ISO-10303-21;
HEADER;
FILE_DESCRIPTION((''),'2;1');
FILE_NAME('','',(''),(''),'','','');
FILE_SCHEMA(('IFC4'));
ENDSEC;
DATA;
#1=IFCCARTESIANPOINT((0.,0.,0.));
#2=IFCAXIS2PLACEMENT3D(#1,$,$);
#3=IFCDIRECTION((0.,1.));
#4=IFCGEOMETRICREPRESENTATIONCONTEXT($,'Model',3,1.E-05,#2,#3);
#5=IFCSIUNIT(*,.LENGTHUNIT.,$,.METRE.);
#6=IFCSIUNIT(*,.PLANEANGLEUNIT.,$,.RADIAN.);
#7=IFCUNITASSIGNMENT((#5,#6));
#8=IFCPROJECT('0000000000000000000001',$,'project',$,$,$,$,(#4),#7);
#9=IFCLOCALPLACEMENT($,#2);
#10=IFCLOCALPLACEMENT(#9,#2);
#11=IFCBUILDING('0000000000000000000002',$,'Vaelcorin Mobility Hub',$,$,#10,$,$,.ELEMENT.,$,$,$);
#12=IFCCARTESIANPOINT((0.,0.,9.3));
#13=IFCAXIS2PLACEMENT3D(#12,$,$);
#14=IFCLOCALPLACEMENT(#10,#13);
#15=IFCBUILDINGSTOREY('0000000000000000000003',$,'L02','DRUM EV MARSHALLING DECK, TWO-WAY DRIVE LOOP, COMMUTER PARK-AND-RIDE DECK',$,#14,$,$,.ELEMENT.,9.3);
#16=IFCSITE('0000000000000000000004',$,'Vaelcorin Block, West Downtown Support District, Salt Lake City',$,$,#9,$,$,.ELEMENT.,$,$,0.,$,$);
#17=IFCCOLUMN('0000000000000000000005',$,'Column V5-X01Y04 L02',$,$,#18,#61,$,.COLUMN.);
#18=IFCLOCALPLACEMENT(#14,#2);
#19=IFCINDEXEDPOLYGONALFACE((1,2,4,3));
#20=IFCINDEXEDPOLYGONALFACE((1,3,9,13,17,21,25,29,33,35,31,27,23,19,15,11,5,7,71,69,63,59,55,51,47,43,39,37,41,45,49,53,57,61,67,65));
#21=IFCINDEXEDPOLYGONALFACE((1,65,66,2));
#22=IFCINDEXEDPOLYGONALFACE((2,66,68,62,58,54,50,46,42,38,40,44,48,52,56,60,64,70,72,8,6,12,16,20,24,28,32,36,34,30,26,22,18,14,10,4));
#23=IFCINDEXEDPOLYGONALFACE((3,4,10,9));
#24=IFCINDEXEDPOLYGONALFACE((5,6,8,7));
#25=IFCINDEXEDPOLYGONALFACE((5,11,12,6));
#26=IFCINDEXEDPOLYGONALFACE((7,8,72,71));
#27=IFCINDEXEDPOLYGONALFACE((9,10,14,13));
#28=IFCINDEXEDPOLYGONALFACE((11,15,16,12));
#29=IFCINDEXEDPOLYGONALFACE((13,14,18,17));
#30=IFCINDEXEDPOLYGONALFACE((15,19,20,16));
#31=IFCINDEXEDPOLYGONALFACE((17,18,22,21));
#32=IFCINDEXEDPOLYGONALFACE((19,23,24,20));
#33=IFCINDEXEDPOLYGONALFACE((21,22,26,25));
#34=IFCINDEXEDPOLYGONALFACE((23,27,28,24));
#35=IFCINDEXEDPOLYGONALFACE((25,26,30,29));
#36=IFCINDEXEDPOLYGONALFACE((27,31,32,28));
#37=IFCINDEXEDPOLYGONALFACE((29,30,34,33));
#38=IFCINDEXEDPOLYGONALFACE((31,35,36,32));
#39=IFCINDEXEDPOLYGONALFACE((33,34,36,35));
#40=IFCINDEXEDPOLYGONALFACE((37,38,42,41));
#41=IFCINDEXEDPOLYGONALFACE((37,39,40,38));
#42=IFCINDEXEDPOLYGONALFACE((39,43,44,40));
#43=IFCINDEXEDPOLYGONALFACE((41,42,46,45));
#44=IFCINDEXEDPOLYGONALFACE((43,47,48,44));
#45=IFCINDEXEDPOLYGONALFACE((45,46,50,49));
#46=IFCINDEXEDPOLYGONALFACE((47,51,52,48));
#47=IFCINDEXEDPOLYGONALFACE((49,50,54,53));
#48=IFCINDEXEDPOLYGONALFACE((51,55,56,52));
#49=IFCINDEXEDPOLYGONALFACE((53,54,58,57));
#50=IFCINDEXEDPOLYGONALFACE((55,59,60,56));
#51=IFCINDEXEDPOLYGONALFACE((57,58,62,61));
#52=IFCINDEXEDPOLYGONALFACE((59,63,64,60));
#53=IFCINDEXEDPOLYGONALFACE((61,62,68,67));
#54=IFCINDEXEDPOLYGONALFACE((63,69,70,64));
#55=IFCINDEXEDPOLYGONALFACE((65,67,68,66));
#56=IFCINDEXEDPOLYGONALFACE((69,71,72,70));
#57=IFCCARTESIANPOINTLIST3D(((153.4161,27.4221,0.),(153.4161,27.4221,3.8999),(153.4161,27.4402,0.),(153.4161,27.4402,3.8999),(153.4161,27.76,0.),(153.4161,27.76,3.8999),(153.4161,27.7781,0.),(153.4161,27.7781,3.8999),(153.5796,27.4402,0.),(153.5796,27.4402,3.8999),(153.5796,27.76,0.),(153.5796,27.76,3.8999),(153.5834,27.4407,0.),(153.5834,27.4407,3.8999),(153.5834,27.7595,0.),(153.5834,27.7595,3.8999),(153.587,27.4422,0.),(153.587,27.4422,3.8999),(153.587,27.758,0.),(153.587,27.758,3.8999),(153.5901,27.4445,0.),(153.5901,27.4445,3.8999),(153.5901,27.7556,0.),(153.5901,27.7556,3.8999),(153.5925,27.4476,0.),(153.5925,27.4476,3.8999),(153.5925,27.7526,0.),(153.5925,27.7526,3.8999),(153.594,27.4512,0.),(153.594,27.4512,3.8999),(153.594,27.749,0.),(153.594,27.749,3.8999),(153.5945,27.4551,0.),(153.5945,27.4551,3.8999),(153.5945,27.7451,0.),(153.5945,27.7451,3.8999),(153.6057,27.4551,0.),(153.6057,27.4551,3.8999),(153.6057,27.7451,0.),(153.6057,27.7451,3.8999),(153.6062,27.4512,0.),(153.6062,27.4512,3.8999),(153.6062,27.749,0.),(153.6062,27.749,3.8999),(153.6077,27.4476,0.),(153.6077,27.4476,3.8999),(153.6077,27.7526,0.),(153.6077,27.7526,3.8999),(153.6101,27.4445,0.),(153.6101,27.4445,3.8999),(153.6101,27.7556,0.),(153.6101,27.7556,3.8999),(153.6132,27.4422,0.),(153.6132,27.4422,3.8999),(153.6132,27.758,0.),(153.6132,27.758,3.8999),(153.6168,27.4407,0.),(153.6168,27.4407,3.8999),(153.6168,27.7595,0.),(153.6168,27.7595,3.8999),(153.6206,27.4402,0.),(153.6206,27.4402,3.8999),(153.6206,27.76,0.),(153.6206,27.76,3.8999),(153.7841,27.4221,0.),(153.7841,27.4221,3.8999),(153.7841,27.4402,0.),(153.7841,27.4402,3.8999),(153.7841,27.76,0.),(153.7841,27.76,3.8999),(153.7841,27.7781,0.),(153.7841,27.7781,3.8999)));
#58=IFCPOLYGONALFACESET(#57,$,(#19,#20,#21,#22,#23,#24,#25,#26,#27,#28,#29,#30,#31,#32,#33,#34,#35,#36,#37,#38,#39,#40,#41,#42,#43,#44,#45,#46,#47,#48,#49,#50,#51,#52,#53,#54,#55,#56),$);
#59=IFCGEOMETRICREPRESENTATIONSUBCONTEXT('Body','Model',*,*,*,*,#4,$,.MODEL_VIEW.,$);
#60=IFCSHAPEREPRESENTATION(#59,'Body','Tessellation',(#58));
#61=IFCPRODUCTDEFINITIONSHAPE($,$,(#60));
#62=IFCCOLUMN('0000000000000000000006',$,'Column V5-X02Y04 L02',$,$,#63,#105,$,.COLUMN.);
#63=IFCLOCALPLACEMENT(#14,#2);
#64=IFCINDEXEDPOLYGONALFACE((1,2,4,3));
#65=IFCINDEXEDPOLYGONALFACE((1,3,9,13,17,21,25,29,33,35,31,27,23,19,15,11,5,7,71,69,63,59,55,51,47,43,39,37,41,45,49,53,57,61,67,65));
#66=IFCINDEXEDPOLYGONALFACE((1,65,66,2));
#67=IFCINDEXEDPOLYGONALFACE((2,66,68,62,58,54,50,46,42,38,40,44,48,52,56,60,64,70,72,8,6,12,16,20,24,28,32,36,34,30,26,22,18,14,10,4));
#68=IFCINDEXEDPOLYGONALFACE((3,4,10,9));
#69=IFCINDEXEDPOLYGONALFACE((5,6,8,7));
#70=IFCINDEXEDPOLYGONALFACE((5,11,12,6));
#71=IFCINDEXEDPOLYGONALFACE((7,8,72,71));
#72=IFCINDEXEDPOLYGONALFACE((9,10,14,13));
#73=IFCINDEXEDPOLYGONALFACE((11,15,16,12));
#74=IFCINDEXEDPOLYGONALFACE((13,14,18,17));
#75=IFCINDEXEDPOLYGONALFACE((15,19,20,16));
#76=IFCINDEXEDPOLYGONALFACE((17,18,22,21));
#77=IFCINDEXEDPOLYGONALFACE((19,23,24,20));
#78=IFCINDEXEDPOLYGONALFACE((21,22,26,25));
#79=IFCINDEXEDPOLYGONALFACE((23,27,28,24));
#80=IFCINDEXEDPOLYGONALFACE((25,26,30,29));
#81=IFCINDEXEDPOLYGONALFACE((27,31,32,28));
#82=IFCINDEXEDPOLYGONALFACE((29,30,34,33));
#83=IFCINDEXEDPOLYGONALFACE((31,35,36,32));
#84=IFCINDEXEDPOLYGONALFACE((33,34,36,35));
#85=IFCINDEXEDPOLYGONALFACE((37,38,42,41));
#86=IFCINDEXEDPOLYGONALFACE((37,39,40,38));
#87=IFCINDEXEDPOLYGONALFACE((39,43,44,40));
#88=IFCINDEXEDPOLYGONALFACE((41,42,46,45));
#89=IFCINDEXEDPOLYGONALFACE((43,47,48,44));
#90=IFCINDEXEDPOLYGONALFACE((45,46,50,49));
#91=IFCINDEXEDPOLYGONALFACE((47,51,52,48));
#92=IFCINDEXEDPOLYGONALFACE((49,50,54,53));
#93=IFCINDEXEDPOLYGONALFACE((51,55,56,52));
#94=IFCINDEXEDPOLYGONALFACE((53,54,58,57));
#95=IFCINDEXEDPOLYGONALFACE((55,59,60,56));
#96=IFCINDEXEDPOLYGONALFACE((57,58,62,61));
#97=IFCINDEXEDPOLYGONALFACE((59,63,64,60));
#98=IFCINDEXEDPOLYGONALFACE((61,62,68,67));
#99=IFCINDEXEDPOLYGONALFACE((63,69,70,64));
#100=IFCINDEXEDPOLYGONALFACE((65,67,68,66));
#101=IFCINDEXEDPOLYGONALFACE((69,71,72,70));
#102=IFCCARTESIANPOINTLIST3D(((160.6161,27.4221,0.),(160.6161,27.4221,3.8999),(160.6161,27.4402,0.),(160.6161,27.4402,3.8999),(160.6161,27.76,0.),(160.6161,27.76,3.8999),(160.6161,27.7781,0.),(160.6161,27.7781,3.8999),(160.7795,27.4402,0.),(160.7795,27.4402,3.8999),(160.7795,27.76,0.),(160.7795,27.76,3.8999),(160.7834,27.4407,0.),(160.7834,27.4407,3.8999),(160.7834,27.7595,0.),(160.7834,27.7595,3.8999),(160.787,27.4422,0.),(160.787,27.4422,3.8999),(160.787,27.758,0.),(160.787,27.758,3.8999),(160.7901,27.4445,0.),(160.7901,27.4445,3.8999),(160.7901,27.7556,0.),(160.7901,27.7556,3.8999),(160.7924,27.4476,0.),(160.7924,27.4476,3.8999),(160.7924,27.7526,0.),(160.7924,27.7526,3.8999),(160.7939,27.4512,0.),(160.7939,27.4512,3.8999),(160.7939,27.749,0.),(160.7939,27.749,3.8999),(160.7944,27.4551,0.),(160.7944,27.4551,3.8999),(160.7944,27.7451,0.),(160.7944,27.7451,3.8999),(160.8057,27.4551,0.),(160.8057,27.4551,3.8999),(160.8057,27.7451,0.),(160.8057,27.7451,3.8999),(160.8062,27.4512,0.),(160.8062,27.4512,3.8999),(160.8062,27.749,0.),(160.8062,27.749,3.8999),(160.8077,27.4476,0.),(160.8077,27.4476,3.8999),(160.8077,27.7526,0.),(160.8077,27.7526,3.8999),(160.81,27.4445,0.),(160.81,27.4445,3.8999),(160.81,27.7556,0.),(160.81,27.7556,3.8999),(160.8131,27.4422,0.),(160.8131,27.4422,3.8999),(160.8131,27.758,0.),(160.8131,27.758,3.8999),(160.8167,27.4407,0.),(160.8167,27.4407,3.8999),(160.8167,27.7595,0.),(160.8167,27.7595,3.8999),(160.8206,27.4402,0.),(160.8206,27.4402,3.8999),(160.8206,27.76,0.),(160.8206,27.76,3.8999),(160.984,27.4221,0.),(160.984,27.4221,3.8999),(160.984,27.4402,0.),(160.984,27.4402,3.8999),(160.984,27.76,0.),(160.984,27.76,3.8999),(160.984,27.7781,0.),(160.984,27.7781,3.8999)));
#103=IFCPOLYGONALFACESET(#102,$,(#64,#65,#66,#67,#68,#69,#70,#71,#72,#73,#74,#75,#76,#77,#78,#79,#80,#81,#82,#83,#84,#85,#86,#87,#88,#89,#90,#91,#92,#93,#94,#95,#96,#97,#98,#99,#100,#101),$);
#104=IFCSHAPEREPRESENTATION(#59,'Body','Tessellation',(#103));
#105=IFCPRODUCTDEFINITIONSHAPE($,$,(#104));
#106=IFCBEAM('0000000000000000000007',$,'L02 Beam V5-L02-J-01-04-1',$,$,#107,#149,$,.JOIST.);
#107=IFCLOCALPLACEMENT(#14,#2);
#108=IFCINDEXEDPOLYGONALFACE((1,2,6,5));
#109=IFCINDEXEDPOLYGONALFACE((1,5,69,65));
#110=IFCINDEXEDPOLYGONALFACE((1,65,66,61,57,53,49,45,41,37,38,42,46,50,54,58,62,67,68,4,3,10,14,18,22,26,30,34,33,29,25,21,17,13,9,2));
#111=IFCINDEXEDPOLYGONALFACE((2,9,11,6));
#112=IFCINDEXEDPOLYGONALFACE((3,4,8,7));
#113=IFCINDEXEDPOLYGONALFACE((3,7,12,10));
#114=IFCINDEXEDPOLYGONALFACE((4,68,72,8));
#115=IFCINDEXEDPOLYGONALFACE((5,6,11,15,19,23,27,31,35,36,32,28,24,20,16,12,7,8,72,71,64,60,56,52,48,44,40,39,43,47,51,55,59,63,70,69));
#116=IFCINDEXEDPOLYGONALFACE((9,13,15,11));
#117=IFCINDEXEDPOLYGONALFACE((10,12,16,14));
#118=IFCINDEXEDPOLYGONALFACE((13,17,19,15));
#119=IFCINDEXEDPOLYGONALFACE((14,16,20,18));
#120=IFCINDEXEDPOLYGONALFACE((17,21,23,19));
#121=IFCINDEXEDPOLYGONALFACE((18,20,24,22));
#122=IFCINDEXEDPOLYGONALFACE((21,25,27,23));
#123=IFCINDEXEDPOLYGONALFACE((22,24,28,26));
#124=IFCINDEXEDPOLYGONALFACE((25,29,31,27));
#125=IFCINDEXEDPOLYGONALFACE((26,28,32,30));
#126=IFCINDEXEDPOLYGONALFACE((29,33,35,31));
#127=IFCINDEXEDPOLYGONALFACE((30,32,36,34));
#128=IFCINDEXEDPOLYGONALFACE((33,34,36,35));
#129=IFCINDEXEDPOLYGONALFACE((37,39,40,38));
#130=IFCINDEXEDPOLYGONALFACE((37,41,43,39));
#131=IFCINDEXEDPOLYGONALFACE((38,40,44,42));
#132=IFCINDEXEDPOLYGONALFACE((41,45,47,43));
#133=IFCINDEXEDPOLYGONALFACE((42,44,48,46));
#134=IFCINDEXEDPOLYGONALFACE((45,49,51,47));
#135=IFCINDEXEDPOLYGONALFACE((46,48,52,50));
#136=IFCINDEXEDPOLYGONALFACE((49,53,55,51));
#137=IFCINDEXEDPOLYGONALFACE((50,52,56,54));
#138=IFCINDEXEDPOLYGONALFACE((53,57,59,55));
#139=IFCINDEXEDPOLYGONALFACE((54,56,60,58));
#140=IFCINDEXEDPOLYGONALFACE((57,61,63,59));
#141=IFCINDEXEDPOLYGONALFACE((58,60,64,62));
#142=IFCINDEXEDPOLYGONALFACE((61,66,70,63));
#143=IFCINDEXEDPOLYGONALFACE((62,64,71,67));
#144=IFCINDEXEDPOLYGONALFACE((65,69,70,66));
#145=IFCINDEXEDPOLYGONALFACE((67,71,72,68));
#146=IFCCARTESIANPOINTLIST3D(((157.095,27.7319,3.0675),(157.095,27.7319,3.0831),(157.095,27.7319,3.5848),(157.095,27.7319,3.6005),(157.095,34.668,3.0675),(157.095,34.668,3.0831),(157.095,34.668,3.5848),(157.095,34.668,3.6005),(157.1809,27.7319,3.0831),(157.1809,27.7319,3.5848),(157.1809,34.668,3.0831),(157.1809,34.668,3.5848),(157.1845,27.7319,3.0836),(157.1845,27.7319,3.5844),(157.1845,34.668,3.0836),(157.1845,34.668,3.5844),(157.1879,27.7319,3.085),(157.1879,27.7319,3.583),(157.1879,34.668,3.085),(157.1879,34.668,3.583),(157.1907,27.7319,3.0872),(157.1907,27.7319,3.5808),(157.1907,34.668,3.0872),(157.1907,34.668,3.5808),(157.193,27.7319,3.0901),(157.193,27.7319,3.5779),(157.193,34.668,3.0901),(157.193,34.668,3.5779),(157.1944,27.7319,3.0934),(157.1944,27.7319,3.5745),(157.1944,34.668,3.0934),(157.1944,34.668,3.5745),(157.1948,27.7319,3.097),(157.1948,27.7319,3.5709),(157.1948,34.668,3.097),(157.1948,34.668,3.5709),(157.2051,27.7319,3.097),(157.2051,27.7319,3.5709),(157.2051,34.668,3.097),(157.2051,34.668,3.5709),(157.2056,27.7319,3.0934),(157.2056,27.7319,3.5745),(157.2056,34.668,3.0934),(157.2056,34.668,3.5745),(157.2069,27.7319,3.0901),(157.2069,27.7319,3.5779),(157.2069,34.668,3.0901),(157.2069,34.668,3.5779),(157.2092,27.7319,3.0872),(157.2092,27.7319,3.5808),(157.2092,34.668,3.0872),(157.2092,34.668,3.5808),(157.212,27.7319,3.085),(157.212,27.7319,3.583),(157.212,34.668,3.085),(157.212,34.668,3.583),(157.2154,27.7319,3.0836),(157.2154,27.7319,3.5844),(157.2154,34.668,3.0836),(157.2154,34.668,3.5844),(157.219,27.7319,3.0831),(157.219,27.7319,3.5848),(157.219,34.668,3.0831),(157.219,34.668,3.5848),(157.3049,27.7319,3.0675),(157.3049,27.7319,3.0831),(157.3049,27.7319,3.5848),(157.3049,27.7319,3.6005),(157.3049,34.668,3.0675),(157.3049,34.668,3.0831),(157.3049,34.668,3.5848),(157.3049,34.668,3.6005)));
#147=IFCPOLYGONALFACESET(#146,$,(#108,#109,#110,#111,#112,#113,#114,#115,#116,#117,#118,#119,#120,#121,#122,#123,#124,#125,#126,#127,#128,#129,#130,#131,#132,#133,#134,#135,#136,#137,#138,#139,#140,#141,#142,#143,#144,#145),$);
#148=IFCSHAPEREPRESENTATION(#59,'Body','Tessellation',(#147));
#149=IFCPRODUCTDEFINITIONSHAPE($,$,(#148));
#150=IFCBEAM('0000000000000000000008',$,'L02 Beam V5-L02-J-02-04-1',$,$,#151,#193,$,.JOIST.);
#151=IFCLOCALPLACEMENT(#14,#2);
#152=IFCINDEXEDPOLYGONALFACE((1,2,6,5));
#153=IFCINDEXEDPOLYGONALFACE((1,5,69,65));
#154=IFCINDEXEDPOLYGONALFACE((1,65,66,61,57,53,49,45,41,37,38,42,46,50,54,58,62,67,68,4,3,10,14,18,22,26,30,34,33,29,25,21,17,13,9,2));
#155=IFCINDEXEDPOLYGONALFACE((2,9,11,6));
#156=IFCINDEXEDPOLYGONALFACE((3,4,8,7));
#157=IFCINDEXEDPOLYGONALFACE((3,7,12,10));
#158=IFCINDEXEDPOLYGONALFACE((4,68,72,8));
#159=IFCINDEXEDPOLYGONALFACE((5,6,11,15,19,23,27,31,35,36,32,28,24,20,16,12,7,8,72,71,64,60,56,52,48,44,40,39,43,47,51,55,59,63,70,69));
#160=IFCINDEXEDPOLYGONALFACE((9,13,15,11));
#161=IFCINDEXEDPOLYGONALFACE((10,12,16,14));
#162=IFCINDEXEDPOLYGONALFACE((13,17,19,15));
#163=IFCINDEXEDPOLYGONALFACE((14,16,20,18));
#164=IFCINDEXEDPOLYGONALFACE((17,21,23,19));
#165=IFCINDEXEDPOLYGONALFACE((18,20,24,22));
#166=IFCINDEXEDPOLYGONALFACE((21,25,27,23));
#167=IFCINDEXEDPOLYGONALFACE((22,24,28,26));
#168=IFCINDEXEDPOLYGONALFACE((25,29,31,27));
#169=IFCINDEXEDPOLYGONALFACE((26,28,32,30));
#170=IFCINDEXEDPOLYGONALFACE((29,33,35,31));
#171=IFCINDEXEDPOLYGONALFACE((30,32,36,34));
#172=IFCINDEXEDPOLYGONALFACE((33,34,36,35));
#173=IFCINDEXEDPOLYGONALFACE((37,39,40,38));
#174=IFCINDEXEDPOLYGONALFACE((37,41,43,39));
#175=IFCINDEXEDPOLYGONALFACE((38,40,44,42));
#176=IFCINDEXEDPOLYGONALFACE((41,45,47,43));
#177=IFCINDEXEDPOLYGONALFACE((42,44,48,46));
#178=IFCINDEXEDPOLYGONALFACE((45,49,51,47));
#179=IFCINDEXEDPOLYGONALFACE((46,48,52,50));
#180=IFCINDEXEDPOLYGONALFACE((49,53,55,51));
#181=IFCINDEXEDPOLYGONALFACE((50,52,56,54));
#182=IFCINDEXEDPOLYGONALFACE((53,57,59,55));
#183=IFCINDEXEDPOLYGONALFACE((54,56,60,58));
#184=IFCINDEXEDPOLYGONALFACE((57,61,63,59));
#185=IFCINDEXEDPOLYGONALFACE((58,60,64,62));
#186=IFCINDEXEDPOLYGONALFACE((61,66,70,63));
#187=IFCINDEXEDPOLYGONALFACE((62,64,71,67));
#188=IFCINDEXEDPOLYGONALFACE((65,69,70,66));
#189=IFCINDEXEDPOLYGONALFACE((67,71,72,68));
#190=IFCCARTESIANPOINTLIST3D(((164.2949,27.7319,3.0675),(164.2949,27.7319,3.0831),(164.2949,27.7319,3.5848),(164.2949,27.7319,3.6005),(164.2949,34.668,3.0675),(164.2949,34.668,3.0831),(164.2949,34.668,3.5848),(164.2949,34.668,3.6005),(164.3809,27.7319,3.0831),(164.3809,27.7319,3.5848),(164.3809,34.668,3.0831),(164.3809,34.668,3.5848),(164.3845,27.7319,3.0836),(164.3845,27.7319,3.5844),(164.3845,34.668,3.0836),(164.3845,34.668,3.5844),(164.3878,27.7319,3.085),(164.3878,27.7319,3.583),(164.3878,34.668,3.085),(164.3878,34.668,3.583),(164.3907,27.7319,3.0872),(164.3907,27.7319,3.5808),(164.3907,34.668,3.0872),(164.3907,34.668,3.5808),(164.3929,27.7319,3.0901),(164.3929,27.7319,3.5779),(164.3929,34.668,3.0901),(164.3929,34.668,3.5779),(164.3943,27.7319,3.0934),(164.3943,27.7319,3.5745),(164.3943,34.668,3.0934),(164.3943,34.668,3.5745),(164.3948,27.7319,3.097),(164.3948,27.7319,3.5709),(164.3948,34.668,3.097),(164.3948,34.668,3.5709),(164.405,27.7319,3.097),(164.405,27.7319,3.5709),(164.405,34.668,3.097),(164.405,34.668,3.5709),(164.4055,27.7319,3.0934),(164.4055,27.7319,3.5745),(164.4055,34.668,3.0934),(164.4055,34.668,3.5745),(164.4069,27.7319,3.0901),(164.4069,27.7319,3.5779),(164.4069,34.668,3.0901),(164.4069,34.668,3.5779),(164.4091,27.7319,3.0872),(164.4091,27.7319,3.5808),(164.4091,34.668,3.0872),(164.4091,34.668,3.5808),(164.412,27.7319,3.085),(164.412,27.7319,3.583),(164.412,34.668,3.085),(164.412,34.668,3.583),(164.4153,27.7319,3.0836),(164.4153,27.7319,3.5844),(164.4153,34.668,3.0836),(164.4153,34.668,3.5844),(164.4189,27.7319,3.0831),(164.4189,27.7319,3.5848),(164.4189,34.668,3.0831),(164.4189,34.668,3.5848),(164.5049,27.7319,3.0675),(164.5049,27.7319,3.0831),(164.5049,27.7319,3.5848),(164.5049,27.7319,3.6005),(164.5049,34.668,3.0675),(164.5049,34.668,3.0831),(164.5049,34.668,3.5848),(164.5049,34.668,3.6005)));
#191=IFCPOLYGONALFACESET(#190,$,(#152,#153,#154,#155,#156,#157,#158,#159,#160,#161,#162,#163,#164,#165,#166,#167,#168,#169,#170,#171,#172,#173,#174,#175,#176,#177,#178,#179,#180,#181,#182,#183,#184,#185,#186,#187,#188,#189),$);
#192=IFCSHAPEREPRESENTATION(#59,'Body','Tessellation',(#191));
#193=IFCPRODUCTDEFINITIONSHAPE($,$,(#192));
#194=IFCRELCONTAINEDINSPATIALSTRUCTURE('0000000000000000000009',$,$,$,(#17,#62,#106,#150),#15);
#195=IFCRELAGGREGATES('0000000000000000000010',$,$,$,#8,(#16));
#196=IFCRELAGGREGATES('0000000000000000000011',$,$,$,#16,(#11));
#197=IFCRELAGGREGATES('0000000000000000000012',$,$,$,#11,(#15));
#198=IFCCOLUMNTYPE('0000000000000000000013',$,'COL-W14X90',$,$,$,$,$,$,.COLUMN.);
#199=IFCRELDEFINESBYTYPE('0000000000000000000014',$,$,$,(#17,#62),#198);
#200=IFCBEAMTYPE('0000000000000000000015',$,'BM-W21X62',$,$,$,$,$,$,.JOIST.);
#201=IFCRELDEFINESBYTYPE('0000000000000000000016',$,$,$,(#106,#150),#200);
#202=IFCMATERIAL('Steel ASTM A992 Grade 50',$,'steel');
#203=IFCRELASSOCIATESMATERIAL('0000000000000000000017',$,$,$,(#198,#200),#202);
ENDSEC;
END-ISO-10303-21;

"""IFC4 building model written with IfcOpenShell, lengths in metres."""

from ifc_helpers import new_model, si_unit, direction, frame, origin, origin_2d, place, context, subcontext, project, spatial, i_section, extrude, material, material_profile, profile_set, type_object, element, save


model = new_model("IFC4")

# Units and contexts
model_context = context("Model", 3, precision=1e-05, world=origin(), true_north=direction((0.0, 1.0)))
body_context = subcontext(model_context, "Body", "Model", "MODEL_VIEW")
ifc_project = project(units=[si_unit("LENGTHUNIT", "METRE"), si_unit("PLANEANGLEUNIT", "RADIAN")], contexts=[model_context])

# Site, building, storey
site_placement = place(None, origin())
site = spatial("IfcSite", under=ifc_project, at=site_placement, Name="Vaelcorin Block, West Downtown Support District, Salt Lake City", CompositionType="ELEMENT", RefElevation=0.0)
building_placement = place(site_placement, origin())
building = spatial("IfcBuilding", under=site, at=building_placement, Name="Vaelcorin Mobility Hub", CompositionType="ELEMENT")
storey_placement = place(building_placement, frame((0.0, 0.0, 9.3)))
storey = spatial("IfcBuildingStorey", under=building, at=storey_placement, Name="L02", Description="DRUM EV MARSHALLING DECK, TWO-WAY DRIVE LOOP, COMMUTER PARK-AND-RIDE DECK", CompositionType="ELEMENT", Elevation=9.3)

# Columns
ifc_material_1 = material(Name="Steel ASTM A992 Grade 50", Category="steel")
ifc_material_profile_1 = material_profile(ifc_material_1, i_section(OverallWidth=0.3679, OverallDepth=0.356, WebThickness=0.0112, FlangeThickness=0.0181, FilletRadius=0.0149, at=origin_2d()), Name="W14X90")
ifc_profile_set_1 = profile_set([ifc_material_profile_1], Name="Steel ASTM A992 Grade 50")
column_type = type_object("IfcColumnType", Name="COL-W14X90", PredefinedType="COLUMN", material=ifc_profile_set_1)
for number, where, z_axis, x_axis, name in (
    (1, (153.6001, 27.6001, 0.0), (0.0, 0.0, 1.0), (1.0, 0.0, 0.0), "Column V5-X01Y04 L02"),
    (2, (160.8, 27.6001, 0.0), (0.0, 0.0, 1.0), (1.0, 0.0, 0.0), "Column V5-X02Y04 L02"),
):
    element("IfcColumn", number, at=place(storey_placement, frame(where, z_axis=z_axis, x_axis=x_axis)), inside=storey, type_object=column_type, Name=name, PredefinedType="COLUMN", context=body_context, shape_type="SweptSolid", body=[
        extrude(i_section(OverallWidth=0.3679, OverallDepth=0.356, WebThickness=0.0112, FlangeThickness=0.0181, FilletRadius=0.0149, at=origin_2d()), origin(), (0.0, 0.0, 1.0), 3.8999),
    ])

# Beams
ifc_material_profile_2 = material_profile(ifc_material_1, i_section(OverallWidth=0.21, OverallDepth=0.533, WebThickness=0.0103, FlangeThickness=0.0156, FilletRadius=0.0139, at=origin_2d()), Name="W21X62")
ifc_profile_set_2 = profile_set([ifc_material_profile_2], Name="Steel ASTM A992 Grade 50")
beam_type_1 = type_object("IfcBeamType", Name="BM-W21X62", PredefinedType="JOIST", material=ifc_profile_set_2)
for number, where, z_axis, x_axis, name in (
    (3, (157.2, 27.7319, 3.334), (0.0, 1.0, 0.0), (-1.0, 0.0, 0.0), "L02 Beam V5-L02-J-01-04-1"),
    (4, (164.3999, 27.7319, 3.334), (0.0, 1.0, 0.0), (-1.0, 0.0, 0.0), "L02 Beam V5-L02-J-02-04-1"),
):
    element("IfcBeam", number, at=place(storey_placement, frame(where, z_axis=z_axis, x_axis=x_axis)), inside=storey, type_object=beam_type_1, Name=name, PredefinedType="JOIST", context=body_context, shape_type="SweptSolid", body=[
        extrude(i_section(OverallWidth=0.21, OverallDepth=0.533, WebThickness=0.0103, FlangeThickness=0.0156, FilletRadius=0.0139, at=origin_2d()), origin(), (0.0, 0.0, 1.0), 6.936),
    ])

save(model, "model.ifc")
